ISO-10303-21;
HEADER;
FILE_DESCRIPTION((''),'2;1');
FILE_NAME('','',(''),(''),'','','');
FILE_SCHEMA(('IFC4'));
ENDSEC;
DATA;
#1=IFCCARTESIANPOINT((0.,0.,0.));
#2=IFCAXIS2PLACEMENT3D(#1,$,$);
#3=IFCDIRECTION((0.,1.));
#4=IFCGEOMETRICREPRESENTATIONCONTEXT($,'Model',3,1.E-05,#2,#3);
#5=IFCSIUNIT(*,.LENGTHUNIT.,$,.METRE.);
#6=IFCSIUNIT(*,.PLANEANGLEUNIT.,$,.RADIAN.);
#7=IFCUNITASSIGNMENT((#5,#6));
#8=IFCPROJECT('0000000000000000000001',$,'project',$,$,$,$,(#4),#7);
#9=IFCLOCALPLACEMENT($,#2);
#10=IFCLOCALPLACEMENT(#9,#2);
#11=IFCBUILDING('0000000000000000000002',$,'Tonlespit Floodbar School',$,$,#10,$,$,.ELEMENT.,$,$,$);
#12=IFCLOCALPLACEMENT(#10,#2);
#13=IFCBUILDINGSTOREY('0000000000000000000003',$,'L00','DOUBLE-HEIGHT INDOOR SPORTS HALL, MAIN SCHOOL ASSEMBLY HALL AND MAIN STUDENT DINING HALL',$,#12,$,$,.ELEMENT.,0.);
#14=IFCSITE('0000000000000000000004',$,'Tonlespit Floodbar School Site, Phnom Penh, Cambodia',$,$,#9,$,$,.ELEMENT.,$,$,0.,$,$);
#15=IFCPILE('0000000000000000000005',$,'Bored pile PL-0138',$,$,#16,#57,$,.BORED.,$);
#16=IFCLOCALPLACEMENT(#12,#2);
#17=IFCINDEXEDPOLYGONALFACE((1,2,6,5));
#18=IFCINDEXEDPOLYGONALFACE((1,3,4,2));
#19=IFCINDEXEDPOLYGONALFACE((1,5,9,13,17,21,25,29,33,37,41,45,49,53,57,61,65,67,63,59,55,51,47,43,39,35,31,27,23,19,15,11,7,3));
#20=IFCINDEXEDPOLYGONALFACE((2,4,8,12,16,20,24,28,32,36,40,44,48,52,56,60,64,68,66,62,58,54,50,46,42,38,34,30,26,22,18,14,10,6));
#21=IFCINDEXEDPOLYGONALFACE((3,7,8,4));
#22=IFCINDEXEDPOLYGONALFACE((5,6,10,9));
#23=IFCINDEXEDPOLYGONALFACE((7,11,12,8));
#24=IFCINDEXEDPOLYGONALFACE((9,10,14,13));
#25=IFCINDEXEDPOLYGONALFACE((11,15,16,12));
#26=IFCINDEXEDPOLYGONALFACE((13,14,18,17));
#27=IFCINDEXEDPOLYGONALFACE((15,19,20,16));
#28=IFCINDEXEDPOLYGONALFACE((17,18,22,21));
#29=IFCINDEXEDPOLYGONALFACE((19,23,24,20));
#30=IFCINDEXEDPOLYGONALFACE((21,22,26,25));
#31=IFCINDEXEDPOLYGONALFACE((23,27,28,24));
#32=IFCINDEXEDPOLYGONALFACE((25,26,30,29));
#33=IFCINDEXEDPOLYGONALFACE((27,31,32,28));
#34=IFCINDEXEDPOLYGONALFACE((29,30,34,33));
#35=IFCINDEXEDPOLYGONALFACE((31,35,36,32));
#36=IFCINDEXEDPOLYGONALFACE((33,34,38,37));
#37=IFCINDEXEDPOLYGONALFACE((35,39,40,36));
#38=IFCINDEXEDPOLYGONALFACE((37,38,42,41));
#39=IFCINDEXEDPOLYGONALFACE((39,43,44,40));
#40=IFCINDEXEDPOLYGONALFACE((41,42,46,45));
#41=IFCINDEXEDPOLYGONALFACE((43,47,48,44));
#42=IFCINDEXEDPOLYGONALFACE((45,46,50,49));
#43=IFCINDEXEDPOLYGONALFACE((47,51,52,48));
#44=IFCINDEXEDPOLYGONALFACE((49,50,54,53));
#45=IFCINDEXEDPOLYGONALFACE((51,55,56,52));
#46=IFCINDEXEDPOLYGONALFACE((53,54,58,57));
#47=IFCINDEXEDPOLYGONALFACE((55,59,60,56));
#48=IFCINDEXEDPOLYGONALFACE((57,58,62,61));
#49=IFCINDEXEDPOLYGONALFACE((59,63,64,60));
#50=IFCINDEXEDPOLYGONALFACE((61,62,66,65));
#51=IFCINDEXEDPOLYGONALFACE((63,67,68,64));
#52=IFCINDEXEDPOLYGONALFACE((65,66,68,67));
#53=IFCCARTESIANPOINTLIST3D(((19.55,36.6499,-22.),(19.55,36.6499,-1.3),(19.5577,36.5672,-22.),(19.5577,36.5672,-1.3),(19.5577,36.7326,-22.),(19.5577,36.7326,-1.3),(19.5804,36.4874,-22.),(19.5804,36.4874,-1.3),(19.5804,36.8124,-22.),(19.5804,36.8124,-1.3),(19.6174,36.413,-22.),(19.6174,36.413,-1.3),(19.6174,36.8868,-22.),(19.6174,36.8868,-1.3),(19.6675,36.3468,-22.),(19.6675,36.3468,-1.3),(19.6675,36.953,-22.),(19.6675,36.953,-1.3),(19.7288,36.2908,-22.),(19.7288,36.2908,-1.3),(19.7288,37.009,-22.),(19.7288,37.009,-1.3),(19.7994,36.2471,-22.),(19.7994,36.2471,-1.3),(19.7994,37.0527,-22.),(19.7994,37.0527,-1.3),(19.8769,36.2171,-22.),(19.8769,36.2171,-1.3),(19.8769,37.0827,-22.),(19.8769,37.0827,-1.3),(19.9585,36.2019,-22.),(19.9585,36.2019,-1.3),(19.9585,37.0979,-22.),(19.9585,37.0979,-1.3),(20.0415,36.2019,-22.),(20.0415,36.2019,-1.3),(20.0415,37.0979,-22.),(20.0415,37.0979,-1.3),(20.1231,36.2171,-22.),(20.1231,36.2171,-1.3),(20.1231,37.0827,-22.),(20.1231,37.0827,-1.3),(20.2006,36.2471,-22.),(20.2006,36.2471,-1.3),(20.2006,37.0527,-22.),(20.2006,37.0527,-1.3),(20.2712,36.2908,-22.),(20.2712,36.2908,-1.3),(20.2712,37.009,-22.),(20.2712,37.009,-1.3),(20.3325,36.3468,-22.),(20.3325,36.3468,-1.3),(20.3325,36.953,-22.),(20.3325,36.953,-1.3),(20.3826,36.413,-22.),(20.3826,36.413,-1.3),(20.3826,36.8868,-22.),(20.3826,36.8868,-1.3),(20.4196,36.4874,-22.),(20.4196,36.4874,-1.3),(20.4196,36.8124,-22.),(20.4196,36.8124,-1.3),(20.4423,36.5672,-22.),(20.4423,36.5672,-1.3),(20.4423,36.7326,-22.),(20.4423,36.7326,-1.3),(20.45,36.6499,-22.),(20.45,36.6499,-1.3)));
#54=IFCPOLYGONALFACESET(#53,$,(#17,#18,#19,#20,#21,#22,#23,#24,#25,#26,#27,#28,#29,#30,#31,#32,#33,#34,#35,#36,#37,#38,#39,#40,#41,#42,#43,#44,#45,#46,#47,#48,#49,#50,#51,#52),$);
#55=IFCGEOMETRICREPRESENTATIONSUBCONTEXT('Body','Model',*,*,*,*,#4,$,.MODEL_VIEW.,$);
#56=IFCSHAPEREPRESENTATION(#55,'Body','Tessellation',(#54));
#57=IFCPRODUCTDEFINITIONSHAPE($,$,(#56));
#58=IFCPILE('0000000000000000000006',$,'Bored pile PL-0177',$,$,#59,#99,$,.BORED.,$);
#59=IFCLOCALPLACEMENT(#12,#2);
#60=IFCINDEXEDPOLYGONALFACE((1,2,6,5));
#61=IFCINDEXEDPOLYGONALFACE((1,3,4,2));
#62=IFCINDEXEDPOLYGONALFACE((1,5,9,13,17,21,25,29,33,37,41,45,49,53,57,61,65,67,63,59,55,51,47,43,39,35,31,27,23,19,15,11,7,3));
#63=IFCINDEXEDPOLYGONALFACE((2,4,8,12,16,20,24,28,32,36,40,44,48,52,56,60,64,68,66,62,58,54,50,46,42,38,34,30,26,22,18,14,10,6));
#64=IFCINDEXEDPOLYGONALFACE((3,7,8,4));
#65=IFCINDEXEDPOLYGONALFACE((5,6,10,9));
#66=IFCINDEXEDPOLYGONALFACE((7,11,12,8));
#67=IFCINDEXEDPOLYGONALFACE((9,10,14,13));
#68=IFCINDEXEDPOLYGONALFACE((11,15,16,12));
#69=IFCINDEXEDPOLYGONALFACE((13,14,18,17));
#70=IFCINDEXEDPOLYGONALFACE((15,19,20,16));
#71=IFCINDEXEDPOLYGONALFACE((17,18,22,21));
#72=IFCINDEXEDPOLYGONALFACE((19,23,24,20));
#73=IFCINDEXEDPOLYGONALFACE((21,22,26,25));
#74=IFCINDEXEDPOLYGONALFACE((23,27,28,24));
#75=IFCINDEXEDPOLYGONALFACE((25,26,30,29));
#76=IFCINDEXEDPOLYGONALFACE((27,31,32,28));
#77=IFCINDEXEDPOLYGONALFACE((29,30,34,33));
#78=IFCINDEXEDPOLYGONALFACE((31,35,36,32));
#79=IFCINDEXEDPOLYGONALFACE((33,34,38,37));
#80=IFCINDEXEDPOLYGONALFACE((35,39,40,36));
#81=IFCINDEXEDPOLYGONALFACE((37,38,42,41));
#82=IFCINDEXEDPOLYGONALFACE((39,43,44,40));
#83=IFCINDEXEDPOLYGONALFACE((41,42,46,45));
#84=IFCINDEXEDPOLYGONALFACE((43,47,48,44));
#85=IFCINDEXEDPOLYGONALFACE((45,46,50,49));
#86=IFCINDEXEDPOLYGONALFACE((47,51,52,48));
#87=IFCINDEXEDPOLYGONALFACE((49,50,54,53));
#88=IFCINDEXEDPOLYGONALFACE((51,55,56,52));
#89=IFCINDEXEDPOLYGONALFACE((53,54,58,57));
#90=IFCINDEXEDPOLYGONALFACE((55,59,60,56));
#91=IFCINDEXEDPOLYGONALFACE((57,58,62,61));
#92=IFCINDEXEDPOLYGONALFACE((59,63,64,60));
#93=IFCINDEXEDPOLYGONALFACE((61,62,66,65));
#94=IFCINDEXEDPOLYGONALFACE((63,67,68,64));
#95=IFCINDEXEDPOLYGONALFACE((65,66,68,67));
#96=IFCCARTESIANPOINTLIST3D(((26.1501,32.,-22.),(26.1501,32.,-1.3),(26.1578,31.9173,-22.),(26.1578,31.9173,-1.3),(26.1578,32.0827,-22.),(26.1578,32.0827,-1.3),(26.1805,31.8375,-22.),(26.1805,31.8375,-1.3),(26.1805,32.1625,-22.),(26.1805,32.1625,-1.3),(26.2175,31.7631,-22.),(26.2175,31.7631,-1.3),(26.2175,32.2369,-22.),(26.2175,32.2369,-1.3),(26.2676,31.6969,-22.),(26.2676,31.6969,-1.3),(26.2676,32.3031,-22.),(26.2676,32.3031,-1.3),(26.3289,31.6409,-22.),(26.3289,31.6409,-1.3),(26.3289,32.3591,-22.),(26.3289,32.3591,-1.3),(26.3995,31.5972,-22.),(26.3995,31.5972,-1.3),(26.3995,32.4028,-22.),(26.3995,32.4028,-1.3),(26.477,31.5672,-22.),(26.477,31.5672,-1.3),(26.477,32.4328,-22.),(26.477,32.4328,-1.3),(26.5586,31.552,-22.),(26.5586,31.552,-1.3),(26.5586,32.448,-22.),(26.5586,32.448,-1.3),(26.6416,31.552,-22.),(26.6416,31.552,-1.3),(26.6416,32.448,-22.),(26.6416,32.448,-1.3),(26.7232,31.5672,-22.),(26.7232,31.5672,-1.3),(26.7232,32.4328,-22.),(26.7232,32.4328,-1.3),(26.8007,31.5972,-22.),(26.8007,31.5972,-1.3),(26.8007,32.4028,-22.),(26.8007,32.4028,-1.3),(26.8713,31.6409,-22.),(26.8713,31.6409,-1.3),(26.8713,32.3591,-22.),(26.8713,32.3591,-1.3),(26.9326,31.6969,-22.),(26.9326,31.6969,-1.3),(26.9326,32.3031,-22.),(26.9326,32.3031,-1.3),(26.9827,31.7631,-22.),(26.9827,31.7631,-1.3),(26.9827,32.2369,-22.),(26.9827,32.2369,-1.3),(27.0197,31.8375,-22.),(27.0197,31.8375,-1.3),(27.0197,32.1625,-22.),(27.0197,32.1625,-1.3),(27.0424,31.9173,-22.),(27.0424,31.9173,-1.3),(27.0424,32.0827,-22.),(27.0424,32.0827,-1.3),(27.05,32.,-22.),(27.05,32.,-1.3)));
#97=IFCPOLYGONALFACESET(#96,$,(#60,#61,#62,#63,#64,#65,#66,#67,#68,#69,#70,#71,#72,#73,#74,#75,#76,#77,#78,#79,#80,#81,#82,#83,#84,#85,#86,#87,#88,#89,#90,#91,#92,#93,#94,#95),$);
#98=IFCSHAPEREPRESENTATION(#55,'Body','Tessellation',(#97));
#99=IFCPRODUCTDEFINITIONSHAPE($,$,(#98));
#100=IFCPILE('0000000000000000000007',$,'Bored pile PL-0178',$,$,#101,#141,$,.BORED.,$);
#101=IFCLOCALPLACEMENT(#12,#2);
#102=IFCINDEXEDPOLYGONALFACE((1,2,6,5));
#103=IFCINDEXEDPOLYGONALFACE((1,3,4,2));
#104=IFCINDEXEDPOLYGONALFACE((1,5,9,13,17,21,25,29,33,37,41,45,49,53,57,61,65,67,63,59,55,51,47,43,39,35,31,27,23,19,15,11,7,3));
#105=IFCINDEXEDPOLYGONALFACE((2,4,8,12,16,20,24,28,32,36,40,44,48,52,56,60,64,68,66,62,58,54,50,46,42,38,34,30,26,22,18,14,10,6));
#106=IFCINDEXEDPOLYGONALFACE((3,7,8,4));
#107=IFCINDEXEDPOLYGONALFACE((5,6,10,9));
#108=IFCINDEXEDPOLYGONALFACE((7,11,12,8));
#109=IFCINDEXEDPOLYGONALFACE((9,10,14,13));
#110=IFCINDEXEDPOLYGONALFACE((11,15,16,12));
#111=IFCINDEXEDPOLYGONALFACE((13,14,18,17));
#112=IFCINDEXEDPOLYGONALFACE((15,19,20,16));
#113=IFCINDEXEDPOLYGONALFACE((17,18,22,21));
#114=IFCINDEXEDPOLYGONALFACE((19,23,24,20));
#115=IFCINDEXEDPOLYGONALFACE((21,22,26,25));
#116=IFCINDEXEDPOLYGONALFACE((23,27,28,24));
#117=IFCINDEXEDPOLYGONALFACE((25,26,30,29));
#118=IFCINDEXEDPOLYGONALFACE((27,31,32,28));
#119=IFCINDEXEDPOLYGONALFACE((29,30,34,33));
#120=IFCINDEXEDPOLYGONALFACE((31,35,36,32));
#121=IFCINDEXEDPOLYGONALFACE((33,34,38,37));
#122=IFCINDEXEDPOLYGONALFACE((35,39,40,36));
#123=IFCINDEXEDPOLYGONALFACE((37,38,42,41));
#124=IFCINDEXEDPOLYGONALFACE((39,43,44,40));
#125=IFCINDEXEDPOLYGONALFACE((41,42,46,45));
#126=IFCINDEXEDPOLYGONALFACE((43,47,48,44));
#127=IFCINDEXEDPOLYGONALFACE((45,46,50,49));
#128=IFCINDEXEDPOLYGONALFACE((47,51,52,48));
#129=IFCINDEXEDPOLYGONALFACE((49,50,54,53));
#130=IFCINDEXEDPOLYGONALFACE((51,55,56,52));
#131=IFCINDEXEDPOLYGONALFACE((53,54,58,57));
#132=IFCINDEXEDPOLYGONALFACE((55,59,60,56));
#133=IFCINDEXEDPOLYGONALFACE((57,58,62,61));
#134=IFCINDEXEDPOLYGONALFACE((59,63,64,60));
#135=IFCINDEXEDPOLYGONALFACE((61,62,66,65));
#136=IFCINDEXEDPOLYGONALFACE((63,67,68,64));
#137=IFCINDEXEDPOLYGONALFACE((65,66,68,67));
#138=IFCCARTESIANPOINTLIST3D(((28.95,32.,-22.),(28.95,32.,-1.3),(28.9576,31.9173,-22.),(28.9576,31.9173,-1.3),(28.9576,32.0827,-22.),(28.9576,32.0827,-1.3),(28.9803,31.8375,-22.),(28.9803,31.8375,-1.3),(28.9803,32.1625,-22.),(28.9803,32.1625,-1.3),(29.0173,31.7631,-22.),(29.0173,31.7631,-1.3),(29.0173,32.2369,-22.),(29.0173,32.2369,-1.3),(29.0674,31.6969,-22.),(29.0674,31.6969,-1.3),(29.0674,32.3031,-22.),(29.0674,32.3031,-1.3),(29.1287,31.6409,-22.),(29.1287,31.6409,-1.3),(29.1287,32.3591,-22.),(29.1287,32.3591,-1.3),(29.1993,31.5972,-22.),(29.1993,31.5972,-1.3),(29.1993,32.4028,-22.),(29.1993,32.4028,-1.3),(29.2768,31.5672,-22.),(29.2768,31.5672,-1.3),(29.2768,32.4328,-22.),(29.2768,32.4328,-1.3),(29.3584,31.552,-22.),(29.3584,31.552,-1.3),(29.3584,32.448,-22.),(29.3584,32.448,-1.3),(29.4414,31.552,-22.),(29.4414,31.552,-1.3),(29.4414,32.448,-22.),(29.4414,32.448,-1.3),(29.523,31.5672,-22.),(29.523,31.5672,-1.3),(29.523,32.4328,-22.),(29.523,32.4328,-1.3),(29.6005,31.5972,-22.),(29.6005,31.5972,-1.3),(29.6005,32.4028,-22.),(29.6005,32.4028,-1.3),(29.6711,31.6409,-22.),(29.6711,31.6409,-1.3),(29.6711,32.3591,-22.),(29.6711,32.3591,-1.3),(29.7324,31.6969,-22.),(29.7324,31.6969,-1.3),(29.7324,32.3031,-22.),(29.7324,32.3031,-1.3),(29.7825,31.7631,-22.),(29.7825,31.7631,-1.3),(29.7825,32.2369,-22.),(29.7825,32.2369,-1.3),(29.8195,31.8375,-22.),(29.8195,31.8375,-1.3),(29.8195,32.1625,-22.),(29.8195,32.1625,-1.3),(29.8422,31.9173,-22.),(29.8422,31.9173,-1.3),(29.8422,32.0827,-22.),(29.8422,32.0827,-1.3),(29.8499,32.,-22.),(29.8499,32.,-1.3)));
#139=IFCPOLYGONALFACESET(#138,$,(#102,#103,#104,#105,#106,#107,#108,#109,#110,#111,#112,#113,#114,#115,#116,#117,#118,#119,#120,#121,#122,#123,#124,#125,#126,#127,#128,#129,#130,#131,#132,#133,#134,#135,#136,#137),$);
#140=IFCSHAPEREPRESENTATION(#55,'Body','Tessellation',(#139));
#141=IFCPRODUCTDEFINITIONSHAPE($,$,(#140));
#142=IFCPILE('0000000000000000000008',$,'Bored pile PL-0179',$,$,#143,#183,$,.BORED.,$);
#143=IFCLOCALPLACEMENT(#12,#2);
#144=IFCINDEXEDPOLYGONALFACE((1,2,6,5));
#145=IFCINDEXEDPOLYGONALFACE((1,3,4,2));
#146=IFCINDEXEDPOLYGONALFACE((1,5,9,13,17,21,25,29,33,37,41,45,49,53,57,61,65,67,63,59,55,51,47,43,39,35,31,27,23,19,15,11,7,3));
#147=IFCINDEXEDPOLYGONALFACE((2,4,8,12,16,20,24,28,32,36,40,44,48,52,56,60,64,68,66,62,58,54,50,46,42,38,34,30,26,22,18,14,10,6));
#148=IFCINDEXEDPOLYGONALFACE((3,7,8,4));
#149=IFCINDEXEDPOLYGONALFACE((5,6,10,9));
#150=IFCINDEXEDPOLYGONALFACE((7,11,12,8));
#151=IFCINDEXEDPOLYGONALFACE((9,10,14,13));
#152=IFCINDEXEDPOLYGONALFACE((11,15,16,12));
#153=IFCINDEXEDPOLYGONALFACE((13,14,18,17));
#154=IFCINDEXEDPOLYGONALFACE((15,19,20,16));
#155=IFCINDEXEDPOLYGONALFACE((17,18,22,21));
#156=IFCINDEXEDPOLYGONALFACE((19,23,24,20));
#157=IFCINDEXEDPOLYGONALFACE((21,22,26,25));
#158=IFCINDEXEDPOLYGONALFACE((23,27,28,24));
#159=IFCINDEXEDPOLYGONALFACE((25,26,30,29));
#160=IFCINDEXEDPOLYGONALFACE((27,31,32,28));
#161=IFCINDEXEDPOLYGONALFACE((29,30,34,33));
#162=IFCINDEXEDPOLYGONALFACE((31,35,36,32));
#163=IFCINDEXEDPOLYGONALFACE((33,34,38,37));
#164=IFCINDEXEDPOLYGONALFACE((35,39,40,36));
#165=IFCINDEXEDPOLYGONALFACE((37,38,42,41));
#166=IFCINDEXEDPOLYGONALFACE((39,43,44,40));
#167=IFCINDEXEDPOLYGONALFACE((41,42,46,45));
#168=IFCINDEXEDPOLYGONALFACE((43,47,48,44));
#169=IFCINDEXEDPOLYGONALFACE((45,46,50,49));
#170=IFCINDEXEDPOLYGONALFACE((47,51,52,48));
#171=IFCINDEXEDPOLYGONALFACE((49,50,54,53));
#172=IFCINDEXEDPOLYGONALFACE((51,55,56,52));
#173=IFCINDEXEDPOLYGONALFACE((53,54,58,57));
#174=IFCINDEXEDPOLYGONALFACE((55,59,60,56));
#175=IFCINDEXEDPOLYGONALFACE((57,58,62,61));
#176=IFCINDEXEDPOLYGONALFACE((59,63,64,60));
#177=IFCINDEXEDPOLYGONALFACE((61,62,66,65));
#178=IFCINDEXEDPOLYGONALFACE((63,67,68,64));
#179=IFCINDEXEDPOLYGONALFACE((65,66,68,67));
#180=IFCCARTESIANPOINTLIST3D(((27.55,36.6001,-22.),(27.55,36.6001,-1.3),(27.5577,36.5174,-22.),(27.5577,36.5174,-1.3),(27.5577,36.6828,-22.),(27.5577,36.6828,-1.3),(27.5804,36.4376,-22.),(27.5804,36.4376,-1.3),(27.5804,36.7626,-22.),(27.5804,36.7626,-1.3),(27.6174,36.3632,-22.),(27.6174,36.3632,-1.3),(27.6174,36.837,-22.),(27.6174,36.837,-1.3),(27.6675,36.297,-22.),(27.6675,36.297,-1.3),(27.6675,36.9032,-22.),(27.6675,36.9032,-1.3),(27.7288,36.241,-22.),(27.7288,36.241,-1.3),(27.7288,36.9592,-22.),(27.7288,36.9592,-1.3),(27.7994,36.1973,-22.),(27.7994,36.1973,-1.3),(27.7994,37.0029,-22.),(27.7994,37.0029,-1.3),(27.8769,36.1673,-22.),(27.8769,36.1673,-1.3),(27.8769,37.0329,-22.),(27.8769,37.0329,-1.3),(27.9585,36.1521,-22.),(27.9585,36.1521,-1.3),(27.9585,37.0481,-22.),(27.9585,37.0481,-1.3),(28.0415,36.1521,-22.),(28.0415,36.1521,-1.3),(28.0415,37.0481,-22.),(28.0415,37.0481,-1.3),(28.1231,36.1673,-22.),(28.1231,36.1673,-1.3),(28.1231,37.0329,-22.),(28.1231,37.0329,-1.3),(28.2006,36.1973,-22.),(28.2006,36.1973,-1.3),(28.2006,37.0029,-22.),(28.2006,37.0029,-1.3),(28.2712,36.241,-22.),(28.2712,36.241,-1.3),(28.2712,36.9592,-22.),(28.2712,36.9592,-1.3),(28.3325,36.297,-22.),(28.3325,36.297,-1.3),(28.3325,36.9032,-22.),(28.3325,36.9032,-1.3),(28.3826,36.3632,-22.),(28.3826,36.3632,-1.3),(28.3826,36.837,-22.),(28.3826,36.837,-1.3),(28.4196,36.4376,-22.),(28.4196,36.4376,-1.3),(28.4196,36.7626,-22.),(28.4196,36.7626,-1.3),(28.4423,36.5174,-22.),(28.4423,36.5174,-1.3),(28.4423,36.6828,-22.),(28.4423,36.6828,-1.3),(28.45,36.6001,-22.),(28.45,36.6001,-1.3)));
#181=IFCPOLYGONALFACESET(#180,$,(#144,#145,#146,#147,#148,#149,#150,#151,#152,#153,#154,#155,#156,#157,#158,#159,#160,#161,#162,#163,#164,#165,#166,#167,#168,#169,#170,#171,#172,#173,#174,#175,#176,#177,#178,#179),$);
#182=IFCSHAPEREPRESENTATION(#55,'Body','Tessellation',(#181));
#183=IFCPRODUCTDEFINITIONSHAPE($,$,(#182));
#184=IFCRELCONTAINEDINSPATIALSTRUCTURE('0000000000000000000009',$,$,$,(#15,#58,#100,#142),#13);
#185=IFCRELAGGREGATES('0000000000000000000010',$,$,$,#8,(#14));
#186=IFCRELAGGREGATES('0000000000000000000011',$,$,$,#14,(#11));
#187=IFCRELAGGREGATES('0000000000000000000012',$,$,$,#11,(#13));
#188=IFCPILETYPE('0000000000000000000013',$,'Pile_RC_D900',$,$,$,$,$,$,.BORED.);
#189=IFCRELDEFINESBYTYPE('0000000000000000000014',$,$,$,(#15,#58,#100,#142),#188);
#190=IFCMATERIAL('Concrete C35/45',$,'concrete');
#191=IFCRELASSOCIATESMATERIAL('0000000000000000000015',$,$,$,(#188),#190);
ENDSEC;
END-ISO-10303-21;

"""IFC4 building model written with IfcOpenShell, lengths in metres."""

from ifc_helpers import new_model, si_unit, direction, frame, origin, origin_2d, place, context, subcontext, project, spatial, circle, extrude, material, material_profile, profile_set, type_object, element, save


model = new_model("IFC4")

# Units and contexts
model_context = context("Model", 3, precision=1e-05, world=origin(), true_north=direction((0.0, 1.0)))
body_context = subcontext(model_context, "Body", "Model", "MODEL_VIEW")
ifc_project = project(units=[si_unit("LENGTHUNIT", "METRE"), si_unit("PLANEANGLEUNIT", "RADIAN")], contexts=[model_context])

# Site, building, storey
site_placement = place(None, origin())
site = spatial("IfcSite", under=ifc_project, at=site_placement, Name="Tonlespit Floodbar School Site, Phnom Penh, Cambodia", CompositionType="ELEMENT", RefElevation=0.0)
building_placement = place(site_placement, origin())
building = spatial("IfcBuilding", under=site, at=building_placement, Name="Tonlespit Floodbar School", CompositionType="ELEMENT")
storey_placement = place(building_placement, origin())
storey = spatial("IfcBuildingStorey", under=building, at=storey_placement, Name="L00", Description="DOUBLE-HEIGHT INDOOR SPORTS HALL, MAIN SCHOOL ASSEMBLY HALL AND MAIN STUDENT DINING HALL", CompositionType="ELEMENT", Elevation=0.0)

# Piles
ifc_material_1 = material(Name="Concrete C35/45", Category="concrete")
ifc_material_profile_1 = material_profile(ifc_material_1, circle(Radius=0.45, at=origin_2d()), Name="BP D900")
ifc_profile_set_1 = profile_set([ifc_material_profile_1], Name="Concrete C35/45")
pile_type = type_object("IfcPileType", Name="Pile_RC_D900", PredefinedType="BORED", material=ifc_profile_set_1)
for number, where, z_axis, x_axis, name in (
    (1, (20.0, 36.6499, -1.3), (0.0, 0.0, -1.0), (1.0, 0.0, 0.0), "Bored pile PL-0138"),
    (2, (26.6001, 32.0, -1.3), (0.0, 0.0, -1.0), (1.0, 0.0, 0.0), "Bored pile PL-0177"),
    (3, (29.3999, 32.0, -1.3), (0.0, 0.0, -1.0), (1.0, 0.0, 0.0), "Bored pile PL-0178"),
    (4, (28.0, 36.6001, -1.3), (0.0, 0.0, -1.0), (1.0, 0.0, 0.0), "Bored pile PL-0179"),
):
    element("IfcPile", number, at=place(storey_placement, frame(where, z_axis=z_axis, x_axis=x_axis)), inside=storey, type_object=pile_type, Name=name, PredefinedType="BORED", context=body_context, shape_type="SweptSolid", body=[
        extrude(circle(Radius=0.45, at=origin_2d()), origin(), (0.0, 0.0, 1.0), 20.7),
    ])

save(model, "model.ifc")
